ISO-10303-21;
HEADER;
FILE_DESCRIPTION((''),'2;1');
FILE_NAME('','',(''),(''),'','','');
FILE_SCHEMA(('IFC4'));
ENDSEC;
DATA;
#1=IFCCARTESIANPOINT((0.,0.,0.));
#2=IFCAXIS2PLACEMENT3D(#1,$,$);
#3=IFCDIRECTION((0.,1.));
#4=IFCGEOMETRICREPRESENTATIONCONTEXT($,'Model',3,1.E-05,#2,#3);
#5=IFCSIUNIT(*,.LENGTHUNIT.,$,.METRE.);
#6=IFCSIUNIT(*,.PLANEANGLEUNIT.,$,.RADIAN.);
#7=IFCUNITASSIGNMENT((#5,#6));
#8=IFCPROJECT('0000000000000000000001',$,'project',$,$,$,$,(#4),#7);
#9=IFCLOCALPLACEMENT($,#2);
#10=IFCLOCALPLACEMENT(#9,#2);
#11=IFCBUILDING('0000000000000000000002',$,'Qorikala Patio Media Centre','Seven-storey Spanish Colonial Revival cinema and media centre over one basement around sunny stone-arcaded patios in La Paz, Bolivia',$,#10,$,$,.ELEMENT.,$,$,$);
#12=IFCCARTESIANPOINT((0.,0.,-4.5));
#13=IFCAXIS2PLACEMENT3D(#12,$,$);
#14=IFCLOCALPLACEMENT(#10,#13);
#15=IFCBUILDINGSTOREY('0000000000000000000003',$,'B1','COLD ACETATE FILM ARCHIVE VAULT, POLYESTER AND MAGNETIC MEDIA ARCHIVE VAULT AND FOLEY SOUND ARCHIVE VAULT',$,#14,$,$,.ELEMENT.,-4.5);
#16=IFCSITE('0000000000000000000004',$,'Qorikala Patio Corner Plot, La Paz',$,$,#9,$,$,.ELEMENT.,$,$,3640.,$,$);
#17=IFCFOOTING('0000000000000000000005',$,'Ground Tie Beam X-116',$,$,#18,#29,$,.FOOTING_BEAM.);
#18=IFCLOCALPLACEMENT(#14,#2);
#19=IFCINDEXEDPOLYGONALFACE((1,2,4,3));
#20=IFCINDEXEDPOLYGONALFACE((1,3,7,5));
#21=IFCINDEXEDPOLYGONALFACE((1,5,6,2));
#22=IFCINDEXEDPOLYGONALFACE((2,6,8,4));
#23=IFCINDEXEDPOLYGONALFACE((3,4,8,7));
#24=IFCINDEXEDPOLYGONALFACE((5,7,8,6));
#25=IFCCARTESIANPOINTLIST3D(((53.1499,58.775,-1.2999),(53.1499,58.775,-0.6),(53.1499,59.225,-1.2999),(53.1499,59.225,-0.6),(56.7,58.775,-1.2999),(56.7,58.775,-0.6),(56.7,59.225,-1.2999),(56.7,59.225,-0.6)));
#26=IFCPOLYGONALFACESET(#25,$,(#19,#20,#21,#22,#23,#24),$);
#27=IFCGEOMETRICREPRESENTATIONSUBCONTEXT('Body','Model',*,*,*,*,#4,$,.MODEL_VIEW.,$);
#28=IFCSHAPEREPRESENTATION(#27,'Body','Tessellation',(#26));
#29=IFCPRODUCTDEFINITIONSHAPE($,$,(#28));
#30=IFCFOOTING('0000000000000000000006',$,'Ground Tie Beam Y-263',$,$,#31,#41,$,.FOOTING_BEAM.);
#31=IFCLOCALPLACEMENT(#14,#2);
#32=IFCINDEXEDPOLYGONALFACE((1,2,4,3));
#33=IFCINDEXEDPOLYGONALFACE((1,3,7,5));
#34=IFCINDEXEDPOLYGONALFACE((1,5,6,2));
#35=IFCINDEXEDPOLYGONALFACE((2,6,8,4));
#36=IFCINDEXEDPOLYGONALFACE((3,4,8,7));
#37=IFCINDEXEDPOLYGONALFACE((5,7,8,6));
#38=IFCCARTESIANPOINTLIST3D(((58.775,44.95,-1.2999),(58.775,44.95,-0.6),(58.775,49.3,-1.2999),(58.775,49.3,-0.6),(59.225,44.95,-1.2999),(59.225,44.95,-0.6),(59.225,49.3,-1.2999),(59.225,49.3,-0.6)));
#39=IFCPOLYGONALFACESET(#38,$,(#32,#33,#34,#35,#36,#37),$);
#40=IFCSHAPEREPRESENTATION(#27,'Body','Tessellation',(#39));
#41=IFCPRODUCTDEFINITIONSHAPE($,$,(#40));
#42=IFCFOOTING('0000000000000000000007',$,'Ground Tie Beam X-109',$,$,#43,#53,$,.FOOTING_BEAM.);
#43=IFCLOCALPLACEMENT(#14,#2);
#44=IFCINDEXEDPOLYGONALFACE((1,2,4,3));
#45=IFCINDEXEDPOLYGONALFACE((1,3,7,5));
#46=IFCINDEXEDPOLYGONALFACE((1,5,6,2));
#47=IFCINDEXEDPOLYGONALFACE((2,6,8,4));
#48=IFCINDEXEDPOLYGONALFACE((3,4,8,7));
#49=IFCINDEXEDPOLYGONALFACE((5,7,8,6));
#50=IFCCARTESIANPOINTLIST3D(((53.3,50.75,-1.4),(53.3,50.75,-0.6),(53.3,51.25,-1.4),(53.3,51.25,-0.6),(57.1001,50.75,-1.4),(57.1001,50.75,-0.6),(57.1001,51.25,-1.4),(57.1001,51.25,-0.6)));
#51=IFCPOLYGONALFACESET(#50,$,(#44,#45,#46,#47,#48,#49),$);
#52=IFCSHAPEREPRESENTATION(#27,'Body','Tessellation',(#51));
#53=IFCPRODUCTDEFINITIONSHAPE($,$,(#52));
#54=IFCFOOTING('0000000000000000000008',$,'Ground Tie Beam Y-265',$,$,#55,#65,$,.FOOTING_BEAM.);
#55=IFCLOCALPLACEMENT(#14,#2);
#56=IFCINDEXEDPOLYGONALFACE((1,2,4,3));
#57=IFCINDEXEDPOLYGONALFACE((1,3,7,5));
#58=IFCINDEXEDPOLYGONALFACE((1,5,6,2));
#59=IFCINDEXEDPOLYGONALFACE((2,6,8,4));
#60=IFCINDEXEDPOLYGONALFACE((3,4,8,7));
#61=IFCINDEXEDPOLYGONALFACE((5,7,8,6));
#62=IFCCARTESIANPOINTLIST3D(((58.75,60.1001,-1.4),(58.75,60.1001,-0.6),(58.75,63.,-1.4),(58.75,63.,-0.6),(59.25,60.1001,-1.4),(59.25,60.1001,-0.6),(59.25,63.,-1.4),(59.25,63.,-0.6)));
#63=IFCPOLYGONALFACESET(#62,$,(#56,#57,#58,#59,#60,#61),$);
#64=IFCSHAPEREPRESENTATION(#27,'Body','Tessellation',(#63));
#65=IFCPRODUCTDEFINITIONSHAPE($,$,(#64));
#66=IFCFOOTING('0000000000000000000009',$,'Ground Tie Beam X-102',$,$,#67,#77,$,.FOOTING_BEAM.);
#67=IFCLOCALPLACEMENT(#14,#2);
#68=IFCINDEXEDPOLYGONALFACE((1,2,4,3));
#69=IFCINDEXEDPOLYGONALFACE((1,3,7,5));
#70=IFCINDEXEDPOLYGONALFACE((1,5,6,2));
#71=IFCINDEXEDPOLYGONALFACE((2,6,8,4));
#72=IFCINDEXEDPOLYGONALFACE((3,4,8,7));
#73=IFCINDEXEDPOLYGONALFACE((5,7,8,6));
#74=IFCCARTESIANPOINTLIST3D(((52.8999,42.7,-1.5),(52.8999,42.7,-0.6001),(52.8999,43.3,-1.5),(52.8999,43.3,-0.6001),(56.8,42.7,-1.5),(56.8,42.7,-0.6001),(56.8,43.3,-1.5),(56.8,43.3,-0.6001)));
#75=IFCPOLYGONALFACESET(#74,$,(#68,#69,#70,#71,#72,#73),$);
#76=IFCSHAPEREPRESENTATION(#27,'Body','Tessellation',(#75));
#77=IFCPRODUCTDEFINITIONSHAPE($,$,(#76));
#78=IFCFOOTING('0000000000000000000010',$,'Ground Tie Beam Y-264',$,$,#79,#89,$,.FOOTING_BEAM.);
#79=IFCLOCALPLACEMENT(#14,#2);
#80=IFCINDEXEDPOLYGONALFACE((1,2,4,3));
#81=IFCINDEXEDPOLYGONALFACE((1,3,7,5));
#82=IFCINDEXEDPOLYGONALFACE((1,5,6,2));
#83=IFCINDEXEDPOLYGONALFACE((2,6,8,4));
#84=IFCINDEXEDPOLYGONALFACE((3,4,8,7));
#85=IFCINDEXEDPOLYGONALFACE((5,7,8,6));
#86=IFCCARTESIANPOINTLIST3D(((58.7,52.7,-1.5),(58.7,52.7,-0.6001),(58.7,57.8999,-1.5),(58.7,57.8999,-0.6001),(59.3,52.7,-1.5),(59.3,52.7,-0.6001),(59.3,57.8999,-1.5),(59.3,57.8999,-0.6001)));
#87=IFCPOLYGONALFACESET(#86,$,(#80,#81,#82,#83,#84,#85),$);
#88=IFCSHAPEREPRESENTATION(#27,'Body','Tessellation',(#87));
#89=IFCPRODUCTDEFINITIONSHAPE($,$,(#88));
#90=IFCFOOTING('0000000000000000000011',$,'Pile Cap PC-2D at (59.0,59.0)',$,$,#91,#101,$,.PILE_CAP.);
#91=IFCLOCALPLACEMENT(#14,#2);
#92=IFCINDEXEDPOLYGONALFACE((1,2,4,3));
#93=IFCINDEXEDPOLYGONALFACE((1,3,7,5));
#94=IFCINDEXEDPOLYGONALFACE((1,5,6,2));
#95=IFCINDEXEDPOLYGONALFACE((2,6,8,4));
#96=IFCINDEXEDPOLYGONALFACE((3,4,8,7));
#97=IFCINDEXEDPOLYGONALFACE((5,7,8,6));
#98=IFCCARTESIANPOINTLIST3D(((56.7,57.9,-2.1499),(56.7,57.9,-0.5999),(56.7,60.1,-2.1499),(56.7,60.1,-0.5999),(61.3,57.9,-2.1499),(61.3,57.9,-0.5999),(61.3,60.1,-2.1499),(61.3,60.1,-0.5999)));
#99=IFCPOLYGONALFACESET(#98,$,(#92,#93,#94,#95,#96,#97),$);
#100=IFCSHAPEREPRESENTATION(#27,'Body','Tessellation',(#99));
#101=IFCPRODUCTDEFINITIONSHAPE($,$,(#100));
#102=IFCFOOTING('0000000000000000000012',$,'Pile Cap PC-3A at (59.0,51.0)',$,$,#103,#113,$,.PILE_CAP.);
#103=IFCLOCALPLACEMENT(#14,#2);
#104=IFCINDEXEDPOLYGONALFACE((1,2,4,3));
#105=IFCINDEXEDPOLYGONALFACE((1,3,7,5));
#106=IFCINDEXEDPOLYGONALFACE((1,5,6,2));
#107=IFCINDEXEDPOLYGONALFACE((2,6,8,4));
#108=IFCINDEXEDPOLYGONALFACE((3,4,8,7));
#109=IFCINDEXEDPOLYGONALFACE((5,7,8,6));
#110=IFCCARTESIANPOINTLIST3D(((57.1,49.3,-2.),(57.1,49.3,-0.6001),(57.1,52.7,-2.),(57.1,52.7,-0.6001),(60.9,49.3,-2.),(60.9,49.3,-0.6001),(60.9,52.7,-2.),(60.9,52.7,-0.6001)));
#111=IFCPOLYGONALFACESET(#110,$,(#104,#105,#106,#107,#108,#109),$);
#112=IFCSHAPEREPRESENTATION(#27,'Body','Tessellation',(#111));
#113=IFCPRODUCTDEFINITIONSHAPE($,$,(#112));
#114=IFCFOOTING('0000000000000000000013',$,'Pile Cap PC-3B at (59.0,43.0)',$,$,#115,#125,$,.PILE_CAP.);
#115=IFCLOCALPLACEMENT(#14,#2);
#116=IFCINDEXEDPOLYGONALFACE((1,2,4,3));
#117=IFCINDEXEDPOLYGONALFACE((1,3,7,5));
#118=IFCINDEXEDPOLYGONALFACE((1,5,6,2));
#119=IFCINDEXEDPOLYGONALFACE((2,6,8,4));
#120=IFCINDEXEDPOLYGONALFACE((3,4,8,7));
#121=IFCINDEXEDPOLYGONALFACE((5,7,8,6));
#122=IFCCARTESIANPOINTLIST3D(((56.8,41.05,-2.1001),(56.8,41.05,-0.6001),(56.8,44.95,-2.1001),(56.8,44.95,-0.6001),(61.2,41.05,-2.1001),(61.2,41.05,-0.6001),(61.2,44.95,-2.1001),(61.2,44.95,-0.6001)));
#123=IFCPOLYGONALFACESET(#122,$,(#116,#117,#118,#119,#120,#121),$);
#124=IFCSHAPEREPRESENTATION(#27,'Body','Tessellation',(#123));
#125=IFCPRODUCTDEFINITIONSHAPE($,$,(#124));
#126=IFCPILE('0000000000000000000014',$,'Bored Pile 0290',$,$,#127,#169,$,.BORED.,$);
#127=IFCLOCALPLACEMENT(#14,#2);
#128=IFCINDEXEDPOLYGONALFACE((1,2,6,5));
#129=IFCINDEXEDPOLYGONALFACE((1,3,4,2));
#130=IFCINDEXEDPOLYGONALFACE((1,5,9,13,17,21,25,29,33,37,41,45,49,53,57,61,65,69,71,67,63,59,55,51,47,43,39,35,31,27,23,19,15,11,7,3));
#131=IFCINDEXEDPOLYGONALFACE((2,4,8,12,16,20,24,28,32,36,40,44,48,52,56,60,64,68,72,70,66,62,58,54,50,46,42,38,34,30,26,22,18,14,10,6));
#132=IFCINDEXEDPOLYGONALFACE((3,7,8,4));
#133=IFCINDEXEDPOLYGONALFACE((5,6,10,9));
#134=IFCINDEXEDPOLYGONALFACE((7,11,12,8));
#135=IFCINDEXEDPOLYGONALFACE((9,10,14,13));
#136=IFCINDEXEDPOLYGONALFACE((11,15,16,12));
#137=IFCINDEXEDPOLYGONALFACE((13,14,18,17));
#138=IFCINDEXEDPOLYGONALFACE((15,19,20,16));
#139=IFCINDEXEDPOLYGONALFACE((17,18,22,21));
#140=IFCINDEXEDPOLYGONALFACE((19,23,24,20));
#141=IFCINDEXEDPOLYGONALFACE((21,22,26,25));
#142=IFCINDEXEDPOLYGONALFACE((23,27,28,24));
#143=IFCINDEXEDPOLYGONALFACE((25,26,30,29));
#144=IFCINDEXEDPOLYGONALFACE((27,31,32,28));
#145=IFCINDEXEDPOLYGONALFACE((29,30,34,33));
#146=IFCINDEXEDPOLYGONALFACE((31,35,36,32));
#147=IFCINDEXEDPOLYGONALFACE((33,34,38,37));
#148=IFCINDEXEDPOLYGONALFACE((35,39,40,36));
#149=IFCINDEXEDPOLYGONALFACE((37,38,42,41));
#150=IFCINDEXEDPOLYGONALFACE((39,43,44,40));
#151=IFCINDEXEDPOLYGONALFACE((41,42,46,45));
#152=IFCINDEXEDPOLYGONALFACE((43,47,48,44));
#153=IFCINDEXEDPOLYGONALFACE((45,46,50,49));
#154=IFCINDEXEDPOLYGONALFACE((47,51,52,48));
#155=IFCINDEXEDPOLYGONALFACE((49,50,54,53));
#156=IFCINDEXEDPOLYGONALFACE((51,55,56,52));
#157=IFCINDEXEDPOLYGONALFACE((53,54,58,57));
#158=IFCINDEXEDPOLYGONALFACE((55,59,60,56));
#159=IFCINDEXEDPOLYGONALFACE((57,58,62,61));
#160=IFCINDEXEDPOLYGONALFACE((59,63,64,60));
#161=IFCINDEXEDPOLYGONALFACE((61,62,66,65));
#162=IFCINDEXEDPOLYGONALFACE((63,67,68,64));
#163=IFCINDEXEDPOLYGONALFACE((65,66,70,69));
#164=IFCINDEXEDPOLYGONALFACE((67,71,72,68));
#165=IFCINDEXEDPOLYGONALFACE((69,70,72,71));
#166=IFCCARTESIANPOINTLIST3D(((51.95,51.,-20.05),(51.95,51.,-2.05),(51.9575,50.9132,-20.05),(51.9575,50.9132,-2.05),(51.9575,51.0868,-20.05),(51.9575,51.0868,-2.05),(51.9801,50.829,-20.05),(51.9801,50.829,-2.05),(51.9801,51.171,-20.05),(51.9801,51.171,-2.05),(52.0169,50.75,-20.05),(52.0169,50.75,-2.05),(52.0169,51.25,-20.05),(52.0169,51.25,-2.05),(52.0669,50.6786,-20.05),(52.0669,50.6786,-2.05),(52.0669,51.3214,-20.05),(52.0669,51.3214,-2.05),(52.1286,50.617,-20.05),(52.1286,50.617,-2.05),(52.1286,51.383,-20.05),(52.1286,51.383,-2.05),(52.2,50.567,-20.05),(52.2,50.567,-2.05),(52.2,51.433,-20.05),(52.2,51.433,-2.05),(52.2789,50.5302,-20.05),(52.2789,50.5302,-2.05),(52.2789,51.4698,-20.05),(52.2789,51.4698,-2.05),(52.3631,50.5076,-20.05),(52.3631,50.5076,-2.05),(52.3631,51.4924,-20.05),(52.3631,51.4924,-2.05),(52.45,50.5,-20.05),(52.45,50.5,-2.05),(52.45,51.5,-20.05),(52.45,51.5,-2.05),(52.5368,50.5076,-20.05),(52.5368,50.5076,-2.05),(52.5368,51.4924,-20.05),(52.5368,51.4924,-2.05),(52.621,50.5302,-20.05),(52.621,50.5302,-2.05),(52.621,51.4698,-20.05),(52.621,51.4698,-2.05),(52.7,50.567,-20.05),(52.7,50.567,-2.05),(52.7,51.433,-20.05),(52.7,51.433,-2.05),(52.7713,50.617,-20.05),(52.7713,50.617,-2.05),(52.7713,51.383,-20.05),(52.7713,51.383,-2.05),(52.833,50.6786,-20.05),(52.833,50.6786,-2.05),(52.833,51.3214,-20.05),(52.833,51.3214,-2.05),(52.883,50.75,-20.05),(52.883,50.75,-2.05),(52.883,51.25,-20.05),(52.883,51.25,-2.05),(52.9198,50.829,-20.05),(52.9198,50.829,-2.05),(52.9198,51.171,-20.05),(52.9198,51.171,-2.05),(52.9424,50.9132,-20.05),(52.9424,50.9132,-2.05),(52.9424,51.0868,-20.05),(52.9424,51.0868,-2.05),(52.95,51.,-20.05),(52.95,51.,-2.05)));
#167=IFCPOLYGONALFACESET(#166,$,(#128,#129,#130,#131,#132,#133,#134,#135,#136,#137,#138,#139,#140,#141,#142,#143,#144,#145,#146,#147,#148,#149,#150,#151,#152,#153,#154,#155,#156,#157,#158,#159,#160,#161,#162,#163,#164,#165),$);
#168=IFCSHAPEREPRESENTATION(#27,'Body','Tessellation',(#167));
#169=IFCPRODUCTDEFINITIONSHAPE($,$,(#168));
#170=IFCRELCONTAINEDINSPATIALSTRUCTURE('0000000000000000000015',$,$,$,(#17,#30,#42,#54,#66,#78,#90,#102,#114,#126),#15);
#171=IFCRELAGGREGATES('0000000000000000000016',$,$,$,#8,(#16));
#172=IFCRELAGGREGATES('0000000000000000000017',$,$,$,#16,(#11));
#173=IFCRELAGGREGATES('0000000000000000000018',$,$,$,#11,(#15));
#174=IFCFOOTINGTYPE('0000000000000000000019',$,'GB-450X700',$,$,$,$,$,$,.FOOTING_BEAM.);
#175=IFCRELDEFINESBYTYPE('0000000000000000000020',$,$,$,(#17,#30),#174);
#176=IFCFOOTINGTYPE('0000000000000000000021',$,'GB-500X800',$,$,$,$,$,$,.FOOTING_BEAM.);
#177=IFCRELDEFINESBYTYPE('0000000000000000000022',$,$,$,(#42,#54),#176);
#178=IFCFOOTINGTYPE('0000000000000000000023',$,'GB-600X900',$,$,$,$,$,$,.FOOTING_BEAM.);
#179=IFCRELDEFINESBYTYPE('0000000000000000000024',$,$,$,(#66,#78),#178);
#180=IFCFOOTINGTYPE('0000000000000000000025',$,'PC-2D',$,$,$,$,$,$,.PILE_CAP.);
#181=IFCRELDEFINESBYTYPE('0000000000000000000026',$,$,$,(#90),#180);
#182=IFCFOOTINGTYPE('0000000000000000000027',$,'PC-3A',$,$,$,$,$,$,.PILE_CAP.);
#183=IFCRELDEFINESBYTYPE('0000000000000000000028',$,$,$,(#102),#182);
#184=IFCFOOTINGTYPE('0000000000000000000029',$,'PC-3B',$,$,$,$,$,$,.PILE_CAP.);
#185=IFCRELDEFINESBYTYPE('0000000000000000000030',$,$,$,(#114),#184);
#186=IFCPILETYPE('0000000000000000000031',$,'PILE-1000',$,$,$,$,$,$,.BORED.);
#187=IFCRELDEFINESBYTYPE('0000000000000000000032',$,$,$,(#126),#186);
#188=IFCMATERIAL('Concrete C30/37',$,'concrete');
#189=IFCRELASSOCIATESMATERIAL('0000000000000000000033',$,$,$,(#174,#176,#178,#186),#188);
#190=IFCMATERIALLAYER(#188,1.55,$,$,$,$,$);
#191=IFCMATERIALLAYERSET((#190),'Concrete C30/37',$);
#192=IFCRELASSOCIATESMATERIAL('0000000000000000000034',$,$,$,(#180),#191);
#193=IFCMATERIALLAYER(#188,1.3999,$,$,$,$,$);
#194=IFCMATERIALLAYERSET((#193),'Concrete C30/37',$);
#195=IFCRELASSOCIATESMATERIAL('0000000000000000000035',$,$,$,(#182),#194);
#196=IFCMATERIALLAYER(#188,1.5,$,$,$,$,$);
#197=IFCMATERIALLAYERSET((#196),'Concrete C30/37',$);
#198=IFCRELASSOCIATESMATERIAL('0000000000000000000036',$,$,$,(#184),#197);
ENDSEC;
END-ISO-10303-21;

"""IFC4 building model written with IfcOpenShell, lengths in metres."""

from ifc_helpers import new_model, si_unit, direction, frame, origin, origin_2d, place, context, subcontext, project, spatial, rectangle, circle, extrude, material, layer, layer_set, material_profile, profile_set, type_object, element, save


model = new_model("IFC4")

# Units and contexts
model_context = context("Model", 3, precision=1e-05, world=origin(), true_north=direction((0.0, 1.0)))
body_context = subcontext(model_context, "Body", "Model", "MODEL_VIEW")
ifc_project = project(units=[si_unit("LENGTHUNIT", "METRE"), si_unit("PLANEANGLEUNIT", "RADIAN")], contexts=[model_context])

# Site, building, storey
site_placement = place(None, origin())
site = spatial("IfcSite", under=ifc_project, at=site_placement, Name="Qorikala Patio Corner Plot, La Paz", CompositionType="ELEMENT", RefElevation=3640.0)
building_placement = place(site_placement, origin())
building = spatial("IfcBuilding", under=site, at=building_placement, Name="Qorikala Patio Media Centre", Description="Seven-storey Spanish Colonial Revival cinema and media centre over one basement around sunny stone-arcaded patios in La Paz, Bolivia", CompositionType="ELEMENT")
storey_placement = place(building_placement, frame((0.0, 0.0, -4.5)))
storey = spatial("IfcBuildingStorey", under=building, at=storey_placement, Name="B1", Description="COLD ACETATE FILM ARCHIVE VAULT, POLYESTER AND MAGNETIC MEDIA ARCHIVE VAULT AND FOLEY SOUND ARCHIVE VAULT", CompositionType="ELEMENT", Elevation=-4.5)

# Footings
ifc_material_1 = material(Name="Concrete C30/37", Category="concrete")
ifc_material_profile_1 = material_profile(ifc_material_1, rectangle(XDim=0.45, YDim=0.7, at=origin_2d()), Name="RC 450x700")
ifc_profile_set_1 = profile_set([ifc_material_profile_1], Name="Concrete C30/37")
footing_type_1 = type_object("IfcFootingType", Name="GB-450X700", PredefinedType="FOOTING_BEAM", material=ifc_profile_set_1)
footing_1_placement = place(storey_placement, frame((53.1499, 59.0, -0.95), z_axis=(1.0, 0.0, 0.0), x_axis=(0.0, 1.0, 0.0)))
element("IfcFooting", 1, at=footing_1_placement, inside=storey, type_object=footing_type_1, Name="Ground Tie Beam X-116", PredefinedType="FOOTING_BEAM", context=body_context, shape_type="SweptSolid", body=[
    extrude(rectangle(XDim=0.45, YDim=0.7, at=origin_2d()), origin(), (0.0, 0.0, 1.0), 3.55),
])
footing_2_placement = place(storey_placement, frame((59.0, 44.95, -0.95), z_axis=(0.0, 1.0, 0.0), x_axis=(-1.0, 0.0, 0.0)))
element("IfcFooting", 2, at=footing_2_placement, inside=storey, type_object=footing_type_1, Name="Ground Tie Beam Y-263", PredefinedType="FOOTING_BEAM", context=body_context, shape_type="SweptSolid", body=[
    extrude(rectangle(XDim=0.45, YDim=0.7, at=origin_2d()), origin(), (0.0, 0.0, 1.0), 4.3501),
])
ifc_material_profile_2 = material_profile(ifc_material_1, rectangle(XDim=0.5, YDim=0.8, at=origin_2d()), Name="RC 500x800")
ifc_profile_set_2 = profile_set([ifc_material_profile_2], Name="Concrete C30/37")
footing_type_2 = type_object("IfcFootingType", Name="GB-500X800", PredefinedType="FOOTING_BEAM", material=ifc_profile_set_2)
footing_3_placement = place(storey_placement, frame((53.3, 51.0, -1.0), z_axis=(1.0, 0.0, 0.0), x_axis=(0.0, 1.0, 0.0)))
element("IfcFooting", 3, at=footing_3_placement, inside=storey, type_object=footing_type_2, Name="Ground Tie Beam X-109", PredefinedType="FOOTING_BEAM", context=body_context, shape_type="SweptSolid", body=[
    extrude(rectangle(XDim=0.5, YDim=0.8, at=origin_2d()), origin(), (0.0, 0.0, 1.0), 3.8),
])
footing_4_placement = place(storey_placement, frame((59.0, 60.1001, -1.0), z_axis=(0.0, 1.0, 0.0), x_axis=(-1.0, 0.0, 0.0)))
element("IfcFooting", 4, at=footing_4_placement, inside=storey, type_object=footing_type_2, Name="Ground Tie Beam Y-265", PredefinedType="FOOTING_BEAM", context=body_context, shape_type="SweptSolid", body=[
    extrude(rectangle(XDim=0.5, YDim=0.8, at=origin_2d()), origin(), (0.0, 0.0, 1.0), 2.8999),
])
ifc_material_profile_3 = material_profile(ifc_material_1, rectangle(XDim=0.6001, YDim=0.8999, at=origin_2d()), Name="RC 600x900")
ifc_profile_set_3 = profile_set([ifc_material_profile_3], Name="Concrete C30/37")
footing_type_3 = type_object("IfcFootingType", Name="GB-600X900", PredefinedType="FOOTING_BEAM", material=ifc_profile_set_3)
footing_5_placement = place(storey_placement, frame((52.8999, 43.0, -1.05), z_axis=(1.0, 0.0, 0.0), x_axis=(0.0, 1.0, 0.0)))
element("IfcFooting", 5, at=footing_5_placement, inside=storey, type_object=footing_type_3, Name="Ground Tie Beam X-102", PredefinedType="FOOTING_BEAM", context=body_context, shape_type="SweptSolid", body=[
    extrude(rectangle(XDim=0.6001, YDim=0.8999, at=origin_2d()), origin(), (0.0, 0.0, 1.0), 3.9001),
])
footing_6_placement = place(storey_placement, frame((59.0, 52.7, -1.05), z_axis=(0.0, 1.0, 0.0), x_axis=(-1.0, 0.0, 0.0)))
element("IfcFooting", 6, at=footing_6_placement, inside=storey, type_object=footing_type_3, Name="Ground Tie Beam Y-264", PredefinedType="FOOTING_BEAM", context=body_context, shape_type="SweptSolid", body=[
    extrude(rectangle(XDim=0.6001, YDim=0.8999, at=origin_2d()), origin(), (0.0, 0.0, 1.0), 5.2),
])
ifc_layer_1 = layer(ifc_material_1, 1.55)
ifc_layer_set_1 = layer_set([ifc_layer_1], Name="Concrete C30/37")
footing_type_4 = type_object("IfcFootingType", Name="PC-2D", PredefinedType="PILE_CAP", material=ifc_layer_set_1)
footing_7_placement = place(storey_placement, frame((59.0, 59.0, -2.1499), z_axis=(0.0, 0.0, 1.0), x_axis=(1.0, 0.0, 0.0)))
element("IfcFooting", 7, at=footing_7_placement, inside=storey, type_object=footing_type_4, Name="Pile Cap PC-2D at (59.0,59.0)", PredefinedType="PILE_CAP", context=body_context, shape_type="SweptSolid", body=[
    extrude(rectangle(XDim=4.6001, YDim=2.2, at=origin_2d()), origin(), (0.0, 0.0, 1.0), 1.55),
])
ifc_layer_2 = layer(ifc_material_1, 1.3999)
ifc_layer_set_2 = layer_set([ifc_layer_2], Name="Concrete C30/37")
footing_type_5 = type_object("IfcFootingType", Name="PC-3A", PredefinedType="PILE_CAP", material=ifc_layer_set_2)
footing_8_placement = place(storey_placement, frame((59.0, 51.0, -2.0), z_axis=(0.0, 0.0, 1.0), x_axis=(1.0, 0.0, 0.0)))
element("IfcFooting", 8, at=footing_8_placement, inside=storey, type_object=footing_type_5, Name="Pile Cap PC-3A at (59.0,51.0)", PredefinedType="PILE_CAP", context=body_context, shape_type="SweptSolid", body=[
    extrude(rectangle(XDim=3.8, YDim=3.3999, at=origin_2d()), origin(), (0.0, 0.0, 1.0), 1.3999),
])
ifc_layer_3 = layer(ifc_material_1, 1.5)
ifc_layer_set_3 = layer_set([ifc_layer_3], Name="Concrete C30/37")
footing_type_6 = type_object("IfcFootingType", Name="PC-3B", PredefinedType="PILE_CAP", material=ifc_layer_set_3)
footing_9_placement = place(storey_placement, frame((59.0, 43.0, -2.1001), z_axis=(0.0, 0.0, 1.0), x_axis=(1.0, 0.0, 0.0)))
element("IfcFooting", 9, at=footing_9_placement, inside=storey, type_object=footing_type_6, Name="Pile Cap PC-3B at (59.0,43.0)", PredefinedType="PILE_CAP", context=body_context, shape_type="SweptSolid", body=[
    extrude(rectangle(XDim=4.3999, YDim=3.8999, at=origin_2d()), origin(), (0.0, 0.0, 1.0), 1.5),
])

# Pile
ifc_material_profile_4 = material_profile(ifc_material_1, circle(Radius=0.5, at=origin_2d()), Name="BORED PILE 1000")
ifc_profile_set_4 = profile_set([ifc_material_profile_4], Name="Concrete C30/37")
pile_type_1 = type_object("IfcPileType", Name="PILE-1000", PredefinedType="BORED", material=ifc_profile_set_4)
for number, where, z_axis, x_axis, name in (
    (10, (52.45, 51.0, -2.05), (0.0, 0.0, -1.0), (1.0, 0.0, 0.0), "Bored Pile 0290"),
):
    element("IfcPile", number, at=place(storey_placement, frame(where, z_axis=z_axis, x_axis=x_axis)), inside=storey, type_object=pile_type_1, Name=name, PredefinedType="BORED", context=body_context, shape_type="SweptSolid", body=[
        extrude(circle(Radius=0.5, at=origin_2d()), origin(), (0.0, 0.0, 1.0), 18.0),
    ])

save(model, "model.ifc")
